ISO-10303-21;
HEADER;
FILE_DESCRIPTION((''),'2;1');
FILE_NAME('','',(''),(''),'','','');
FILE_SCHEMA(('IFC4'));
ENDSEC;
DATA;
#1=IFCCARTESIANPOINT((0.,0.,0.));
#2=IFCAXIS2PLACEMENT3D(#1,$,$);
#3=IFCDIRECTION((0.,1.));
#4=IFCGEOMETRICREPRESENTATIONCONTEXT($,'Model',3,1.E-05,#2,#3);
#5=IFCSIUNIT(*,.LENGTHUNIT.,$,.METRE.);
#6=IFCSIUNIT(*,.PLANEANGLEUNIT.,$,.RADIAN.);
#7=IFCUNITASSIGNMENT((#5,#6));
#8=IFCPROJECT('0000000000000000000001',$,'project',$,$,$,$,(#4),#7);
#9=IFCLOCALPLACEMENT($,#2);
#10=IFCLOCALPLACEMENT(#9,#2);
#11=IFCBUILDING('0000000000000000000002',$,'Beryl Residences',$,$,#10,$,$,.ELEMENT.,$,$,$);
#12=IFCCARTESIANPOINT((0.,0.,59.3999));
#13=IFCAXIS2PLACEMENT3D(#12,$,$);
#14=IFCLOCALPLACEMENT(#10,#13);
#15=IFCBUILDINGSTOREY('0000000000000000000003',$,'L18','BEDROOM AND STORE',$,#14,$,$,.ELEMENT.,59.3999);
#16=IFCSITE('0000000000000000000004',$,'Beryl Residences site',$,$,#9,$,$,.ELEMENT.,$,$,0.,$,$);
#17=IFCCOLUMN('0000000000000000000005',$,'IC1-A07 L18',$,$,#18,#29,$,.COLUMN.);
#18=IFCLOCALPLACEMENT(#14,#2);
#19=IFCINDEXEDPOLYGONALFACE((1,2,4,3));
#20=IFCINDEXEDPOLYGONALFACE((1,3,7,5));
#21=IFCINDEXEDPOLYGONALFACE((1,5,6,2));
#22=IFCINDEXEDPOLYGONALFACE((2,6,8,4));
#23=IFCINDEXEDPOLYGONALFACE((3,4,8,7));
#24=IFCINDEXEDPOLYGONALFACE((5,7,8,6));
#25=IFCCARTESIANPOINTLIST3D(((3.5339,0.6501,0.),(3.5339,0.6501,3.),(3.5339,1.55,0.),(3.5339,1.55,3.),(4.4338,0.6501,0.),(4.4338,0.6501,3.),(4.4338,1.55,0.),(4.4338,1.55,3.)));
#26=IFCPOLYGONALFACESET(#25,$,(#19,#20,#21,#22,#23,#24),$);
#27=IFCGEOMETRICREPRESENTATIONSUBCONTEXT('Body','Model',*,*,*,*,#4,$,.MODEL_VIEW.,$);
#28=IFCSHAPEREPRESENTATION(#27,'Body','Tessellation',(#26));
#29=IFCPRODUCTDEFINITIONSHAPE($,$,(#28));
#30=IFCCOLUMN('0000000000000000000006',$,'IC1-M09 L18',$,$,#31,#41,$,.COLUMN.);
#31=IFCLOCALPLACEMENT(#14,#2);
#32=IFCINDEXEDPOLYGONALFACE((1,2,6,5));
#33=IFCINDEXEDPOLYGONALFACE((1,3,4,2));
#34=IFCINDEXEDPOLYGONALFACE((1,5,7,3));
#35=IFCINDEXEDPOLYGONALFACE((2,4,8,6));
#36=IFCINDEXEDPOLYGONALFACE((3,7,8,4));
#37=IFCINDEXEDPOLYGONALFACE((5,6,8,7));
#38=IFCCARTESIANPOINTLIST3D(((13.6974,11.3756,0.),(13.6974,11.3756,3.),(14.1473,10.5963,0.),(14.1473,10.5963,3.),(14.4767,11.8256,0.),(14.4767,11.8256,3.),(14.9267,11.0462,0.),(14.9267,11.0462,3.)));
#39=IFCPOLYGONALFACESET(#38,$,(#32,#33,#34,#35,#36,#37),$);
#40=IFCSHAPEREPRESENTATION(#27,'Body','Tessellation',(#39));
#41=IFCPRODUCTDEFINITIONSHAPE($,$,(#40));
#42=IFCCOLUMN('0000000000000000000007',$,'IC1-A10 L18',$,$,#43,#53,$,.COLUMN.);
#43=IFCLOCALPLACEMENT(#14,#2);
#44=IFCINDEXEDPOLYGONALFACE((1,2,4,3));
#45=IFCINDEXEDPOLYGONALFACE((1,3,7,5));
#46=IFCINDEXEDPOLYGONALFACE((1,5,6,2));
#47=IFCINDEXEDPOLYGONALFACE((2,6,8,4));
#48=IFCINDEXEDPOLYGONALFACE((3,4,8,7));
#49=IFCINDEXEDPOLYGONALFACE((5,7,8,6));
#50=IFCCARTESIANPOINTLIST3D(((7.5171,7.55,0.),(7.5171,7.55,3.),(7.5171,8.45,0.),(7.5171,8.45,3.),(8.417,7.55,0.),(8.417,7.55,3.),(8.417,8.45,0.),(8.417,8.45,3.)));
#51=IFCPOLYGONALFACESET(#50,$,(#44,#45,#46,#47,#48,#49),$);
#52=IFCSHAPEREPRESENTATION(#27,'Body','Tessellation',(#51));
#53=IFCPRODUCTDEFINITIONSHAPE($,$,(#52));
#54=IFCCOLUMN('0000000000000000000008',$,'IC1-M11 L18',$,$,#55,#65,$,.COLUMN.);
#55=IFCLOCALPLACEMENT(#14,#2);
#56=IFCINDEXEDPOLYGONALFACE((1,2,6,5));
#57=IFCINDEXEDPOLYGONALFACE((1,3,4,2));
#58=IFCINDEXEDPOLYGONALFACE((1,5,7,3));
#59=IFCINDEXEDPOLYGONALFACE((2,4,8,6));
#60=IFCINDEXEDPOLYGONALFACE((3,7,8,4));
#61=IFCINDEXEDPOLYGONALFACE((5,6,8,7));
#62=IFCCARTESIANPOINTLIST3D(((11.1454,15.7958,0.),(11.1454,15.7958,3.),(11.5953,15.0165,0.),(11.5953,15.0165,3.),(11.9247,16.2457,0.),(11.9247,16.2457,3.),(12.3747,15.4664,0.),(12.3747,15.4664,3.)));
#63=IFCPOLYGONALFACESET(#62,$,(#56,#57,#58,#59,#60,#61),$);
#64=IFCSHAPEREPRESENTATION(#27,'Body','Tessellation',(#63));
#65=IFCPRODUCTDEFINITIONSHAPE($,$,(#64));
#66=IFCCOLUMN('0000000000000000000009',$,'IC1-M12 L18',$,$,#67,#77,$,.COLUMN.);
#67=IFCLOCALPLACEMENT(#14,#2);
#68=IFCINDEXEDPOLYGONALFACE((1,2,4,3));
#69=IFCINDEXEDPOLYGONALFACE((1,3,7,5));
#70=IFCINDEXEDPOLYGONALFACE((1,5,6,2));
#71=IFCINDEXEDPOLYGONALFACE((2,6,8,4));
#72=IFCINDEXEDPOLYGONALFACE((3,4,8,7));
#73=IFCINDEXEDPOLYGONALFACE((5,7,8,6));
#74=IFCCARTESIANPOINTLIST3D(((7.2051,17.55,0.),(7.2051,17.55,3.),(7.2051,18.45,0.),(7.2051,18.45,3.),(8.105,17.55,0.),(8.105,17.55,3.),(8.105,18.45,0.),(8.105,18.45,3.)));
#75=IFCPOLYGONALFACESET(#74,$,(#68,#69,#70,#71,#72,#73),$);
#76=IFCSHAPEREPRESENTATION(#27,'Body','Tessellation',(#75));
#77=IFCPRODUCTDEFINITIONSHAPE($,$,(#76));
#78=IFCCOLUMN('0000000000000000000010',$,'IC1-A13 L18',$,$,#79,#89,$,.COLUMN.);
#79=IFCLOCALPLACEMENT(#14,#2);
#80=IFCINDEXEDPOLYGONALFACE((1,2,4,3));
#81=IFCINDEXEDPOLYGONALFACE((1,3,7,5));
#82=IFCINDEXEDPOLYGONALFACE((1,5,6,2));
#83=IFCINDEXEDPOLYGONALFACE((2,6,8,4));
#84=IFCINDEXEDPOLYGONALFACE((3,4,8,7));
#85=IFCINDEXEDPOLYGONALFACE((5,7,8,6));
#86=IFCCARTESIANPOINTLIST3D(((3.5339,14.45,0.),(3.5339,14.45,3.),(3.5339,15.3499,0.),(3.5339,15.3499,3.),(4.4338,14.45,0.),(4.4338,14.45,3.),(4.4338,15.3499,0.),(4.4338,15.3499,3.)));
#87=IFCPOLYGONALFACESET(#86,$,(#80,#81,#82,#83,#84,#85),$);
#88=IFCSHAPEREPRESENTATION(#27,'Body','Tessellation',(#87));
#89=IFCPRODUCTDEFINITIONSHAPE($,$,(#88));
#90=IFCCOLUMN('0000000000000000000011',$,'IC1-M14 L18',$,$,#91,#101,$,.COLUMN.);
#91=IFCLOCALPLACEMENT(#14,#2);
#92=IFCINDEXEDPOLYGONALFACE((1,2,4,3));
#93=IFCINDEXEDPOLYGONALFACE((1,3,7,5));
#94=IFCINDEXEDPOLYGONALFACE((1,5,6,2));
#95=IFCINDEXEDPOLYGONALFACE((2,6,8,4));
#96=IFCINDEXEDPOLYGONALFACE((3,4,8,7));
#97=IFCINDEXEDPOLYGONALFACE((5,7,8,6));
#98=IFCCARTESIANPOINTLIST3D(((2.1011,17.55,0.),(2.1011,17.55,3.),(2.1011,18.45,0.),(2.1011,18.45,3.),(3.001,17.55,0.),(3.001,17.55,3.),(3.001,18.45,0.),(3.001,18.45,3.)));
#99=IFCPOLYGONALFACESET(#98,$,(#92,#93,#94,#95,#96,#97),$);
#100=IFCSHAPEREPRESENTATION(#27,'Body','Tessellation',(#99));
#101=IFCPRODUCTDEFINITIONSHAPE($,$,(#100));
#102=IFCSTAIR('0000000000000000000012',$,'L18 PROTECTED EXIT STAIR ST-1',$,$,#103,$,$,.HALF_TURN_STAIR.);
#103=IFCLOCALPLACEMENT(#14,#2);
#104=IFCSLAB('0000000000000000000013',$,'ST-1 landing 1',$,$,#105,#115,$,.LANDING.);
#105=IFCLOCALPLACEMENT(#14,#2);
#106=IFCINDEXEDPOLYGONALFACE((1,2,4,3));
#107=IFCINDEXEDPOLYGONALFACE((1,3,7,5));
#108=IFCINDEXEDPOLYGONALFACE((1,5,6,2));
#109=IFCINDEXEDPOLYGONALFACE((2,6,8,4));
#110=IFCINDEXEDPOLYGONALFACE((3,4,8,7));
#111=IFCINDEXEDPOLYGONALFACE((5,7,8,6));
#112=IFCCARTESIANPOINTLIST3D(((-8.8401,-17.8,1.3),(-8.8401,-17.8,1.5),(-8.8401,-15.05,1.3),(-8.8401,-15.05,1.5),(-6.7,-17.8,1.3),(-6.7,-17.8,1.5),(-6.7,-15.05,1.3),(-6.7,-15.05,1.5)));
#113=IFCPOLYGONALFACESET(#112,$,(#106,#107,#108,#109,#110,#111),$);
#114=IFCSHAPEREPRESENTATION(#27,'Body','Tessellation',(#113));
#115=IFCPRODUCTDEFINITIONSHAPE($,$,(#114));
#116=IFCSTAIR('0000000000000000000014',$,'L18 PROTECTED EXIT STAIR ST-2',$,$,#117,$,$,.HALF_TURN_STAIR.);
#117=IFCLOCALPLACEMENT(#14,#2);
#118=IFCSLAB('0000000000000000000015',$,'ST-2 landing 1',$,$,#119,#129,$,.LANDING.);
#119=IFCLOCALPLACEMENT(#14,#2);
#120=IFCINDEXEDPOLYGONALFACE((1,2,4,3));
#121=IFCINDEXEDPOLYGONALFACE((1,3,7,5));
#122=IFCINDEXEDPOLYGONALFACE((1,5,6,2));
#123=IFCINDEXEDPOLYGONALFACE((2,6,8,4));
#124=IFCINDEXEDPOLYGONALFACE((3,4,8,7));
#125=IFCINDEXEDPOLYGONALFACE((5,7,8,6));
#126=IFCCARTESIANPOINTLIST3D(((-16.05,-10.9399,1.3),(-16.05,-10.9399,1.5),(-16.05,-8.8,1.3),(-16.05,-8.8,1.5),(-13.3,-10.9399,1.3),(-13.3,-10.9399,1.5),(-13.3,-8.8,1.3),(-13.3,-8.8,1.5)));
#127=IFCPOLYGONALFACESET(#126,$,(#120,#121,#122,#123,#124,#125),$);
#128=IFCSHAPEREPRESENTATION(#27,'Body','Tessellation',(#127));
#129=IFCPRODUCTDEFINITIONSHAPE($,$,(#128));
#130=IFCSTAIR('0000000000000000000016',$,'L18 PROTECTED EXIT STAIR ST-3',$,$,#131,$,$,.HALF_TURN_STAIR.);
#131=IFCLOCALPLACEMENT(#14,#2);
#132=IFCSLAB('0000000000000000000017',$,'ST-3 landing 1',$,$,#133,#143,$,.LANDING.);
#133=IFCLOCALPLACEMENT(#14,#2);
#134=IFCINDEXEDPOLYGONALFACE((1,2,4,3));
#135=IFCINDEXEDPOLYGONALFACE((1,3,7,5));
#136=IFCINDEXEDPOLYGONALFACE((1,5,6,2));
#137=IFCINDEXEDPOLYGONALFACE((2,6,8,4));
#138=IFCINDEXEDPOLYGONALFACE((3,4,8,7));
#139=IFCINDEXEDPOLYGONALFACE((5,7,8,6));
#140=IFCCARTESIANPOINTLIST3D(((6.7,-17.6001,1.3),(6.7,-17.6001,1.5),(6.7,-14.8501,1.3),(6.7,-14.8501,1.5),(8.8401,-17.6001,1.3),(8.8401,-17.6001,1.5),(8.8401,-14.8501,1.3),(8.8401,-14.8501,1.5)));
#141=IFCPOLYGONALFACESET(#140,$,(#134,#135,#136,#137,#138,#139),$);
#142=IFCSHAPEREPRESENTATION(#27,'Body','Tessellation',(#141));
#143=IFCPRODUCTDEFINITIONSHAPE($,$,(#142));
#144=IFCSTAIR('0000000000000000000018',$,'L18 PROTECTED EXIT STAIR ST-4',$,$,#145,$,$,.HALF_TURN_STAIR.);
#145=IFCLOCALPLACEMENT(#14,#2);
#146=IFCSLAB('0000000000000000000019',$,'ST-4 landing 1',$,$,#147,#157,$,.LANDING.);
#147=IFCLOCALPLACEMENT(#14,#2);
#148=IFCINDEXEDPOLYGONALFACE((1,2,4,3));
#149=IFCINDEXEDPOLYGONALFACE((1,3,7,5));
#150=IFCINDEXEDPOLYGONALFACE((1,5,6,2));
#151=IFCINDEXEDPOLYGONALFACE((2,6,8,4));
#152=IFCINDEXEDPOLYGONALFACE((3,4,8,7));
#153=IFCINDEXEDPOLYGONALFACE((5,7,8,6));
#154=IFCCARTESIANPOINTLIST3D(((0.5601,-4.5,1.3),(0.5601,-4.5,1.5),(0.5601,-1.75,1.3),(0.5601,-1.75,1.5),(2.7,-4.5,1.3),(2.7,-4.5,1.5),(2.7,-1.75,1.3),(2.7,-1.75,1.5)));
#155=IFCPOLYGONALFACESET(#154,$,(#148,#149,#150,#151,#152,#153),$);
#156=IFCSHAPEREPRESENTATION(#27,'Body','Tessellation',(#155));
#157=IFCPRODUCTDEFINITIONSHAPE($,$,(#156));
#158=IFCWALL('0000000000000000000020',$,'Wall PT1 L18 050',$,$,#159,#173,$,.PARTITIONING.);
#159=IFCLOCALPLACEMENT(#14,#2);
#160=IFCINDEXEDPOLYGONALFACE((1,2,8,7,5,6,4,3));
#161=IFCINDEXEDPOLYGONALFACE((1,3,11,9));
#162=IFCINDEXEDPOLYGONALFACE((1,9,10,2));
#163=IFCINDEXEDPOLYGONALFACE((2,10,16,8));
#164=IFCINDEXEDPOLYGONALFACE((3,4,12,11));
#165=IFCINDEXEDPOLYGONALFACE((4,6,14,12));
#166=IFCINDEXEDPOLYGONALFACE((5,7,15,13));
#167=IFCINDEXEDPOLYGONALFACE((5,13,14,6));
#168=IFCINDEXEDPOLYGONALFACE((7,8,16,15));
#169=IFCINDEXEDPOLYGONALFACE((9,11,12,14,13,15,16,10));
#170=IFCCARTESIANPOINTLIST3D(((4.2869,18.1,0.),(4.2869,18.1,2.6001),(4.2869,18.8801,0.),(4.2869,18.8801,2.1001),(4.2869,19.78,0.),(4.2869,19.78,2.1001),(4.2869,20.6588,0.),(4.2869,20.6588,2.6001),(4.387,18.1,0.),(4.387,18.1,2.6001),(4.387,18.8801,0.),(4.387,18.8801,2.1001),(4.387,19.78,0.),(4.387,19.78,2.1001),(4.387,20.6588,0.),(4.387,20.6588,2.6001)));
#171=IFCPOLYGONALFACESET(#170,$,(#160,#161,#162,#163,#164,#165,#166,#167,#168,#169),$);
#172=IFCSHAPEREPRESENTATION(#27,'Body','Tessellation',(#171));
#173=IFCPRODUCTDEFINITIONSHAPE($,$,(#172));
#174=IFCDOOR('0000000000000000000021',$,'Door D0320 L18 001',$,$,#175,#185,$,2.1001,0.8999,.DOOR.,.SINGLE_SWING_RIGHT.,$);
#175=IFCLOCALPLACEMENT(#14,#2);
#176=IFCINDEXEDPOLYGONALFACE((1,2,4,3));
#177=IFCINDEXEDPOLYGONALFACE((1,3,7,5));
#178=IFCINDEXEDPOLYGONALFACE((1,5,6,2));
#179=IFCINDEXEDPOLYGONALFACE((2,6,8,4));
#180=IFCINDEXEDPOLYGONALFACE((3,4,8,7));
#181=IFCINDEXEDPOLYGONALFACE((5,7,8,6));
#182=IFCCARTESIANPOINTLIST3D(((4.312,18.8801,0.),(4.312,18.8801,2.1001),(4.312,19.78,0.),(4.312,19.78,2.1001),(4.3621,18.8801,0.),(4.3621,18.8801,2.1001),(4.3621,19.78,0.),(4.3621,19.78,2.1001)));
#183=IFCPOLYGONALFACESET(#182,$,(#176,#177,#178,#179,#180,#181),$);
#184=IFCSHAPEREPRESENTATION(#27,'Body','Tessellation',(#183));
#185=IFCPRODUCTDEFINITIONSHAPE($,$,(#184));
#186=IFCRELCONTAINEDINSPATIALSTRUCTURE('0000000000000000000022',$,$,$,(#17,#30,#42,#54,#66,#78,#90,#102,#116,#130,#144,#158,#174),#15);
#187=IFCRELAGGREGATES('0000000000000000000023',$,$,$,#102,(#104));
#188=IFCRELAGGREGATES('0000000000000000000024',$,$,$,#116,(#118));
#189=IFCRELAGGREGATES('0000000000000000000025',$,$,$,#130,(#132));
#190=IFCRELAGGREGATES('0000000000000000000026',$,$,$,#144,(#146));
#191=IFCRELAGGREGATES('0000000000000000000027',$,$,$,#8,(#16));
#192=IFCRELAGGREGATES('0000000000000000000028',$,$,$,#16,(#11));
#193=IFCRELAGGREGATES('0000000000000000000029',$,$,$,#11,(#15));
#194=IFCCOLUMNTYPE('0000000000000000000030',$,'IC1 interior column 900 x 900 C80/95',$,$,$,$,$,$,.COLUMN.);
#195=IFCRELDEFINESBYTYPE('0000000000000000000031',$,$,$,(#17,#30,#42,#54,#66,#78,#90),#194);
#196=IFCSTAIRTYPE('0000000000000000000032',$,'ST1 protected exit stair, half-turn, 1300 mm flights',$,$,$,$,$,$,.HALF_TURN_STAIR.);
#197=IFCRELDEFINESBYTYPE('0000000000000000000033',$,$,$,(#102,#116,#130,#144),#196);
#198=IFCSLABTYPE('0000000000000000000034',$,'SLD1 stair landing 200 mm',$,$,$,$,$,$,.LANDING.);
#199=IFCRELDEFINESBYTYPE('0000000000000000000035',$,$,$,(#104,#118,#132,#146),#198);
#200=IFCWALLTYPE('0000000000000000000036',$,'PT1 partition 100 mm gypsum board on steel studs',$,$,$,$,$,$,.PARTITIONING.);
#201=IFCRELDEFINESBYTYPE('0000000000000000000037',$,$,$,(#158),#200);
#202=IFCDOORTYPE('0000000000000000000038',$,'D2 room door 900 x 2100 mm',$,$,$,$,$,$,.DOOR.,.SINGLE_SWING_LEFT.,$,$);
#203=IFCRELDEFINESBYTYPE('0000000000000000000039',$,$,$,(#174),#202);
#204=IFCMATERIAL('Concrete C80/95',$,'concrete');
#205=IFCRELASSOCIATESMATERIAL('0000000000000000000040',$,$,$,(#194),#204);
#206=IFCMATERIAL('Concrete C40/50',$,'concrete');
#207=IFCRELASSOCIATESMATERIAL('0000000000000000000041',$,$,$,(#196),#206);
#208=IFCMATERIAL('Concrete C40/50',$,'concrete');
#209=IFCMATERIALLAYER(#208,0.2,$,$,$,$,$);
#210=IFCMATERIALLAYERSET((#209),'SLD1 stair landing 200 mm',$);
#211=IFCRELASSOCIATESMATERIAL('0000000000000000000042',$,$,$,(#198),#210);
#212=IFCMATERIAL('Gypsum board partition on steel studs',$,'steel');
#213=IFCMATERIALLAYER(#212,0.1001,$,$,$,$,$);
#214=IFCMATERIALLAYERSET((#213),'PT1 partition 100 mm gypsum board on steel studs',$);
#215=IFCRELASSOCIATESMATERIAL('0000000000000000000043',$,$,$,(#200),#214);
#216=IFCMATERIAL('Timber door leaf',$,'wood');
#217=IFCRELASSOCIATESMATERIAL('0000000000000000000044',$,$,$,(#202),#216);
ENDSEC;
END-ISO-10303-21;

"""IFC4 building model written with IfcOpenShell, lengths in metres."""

from ifc_helpers import new_model, si_unit, direction, frame, frame_2d, origin, origin_2d, place, context, subcontext, project, spatial, polyline, rectangle, outline, extrude, material, layer, layer_set, material_profile, profile_set, type_object, element, fill, aggregate, save


model = new_model("IFC4")

# Units and contexts
model_context = context("Model", 3, precision=1e-05, world=origin(), true_north=direction((0.0, 1.0)))
body_context = subcontext(model_context, "Body", "Model", "MODEL_VIEW")
ifc_project = project(units=[si_unit("LENGTHUNIT", "METRE"), si_unit("PLANEANGLEUNIT", "RADIAN")], contexts=[model_context])

# Site, building, storey
site_placement = place(None, origin())
site = spatial("IfcSite", under=ifc_project, at=site_placement, Name="Beryl Residences site", CompositionType="ELEMENT", RefElevation=0.0)
building_placement = place(site_placement, origin())
building = spatial("IfcBuilding", under=site, at=building_placement, Name="Beryl Residences", CompositionType="ELEMENT")
storey_placement = place(building_placement, frame((0.0, 0.0, 59.3999)))
storey = spatial("IfcBuildingStorey", under=building, at=storey_placement, Name="L18", Description="BEDROOM AND STORE", CompositionType="ELEMENT", Elevation=59.3999)

# Columns
ifc_material_1 = material(Name="Concrete C80/95", Category="concrete")
ifc_material_profile = material_profile(ifc_material_1, rectangle(XDim=0.8999, YDim=0.8999, at=origin_2d()))
ifc_profile_set = profile_set([ifc_material_profile], Name="Concrete C80/95")
column_type = type_object("IfcColumnType", Name="IC1 interior column 900 x 900 C80/95", PredefinedType="COLUMN", material=ifc_profile_set)
for number, where, z_axis, x_axis, name in (
    (1, (3.9839, 1.1001, 0.0), (0.0, 0.0, 1.0), (1.0, 0.0, 0.0), "IC1-A07 L18"),
    (2, (14.312, 11.2109, 0.0), (0.0, 0.0, 1.0), (-0.499985, 0.866034, 0.0), "IC1-M09 L18"),
    (3, (7.967, 8.0, 0.0), (0.0, 0.0, 1.0), (1.0, 0.0, 0.0), "IC1-A10 L18"),
    (4, (11.76, 15.6311, 0.0), (0.0, 0.0, 1.0), (-0.499985, 0.866034, 0.0), "IC1-M11 L18"),
    (5, (7.655, 18.0, 0.0), (0.0, 0.0, 1.0), (-1.0, 0.0, 0.0), "IC1-M12 L18"),
    (6, (3.9839, 14.8999, 0.0), (0.0, 0.0, 1.0), (1.0, 0.0, 0.0), "IC1-A13 L18"),
    (7, (2.551, 18.0, 0.0), (0.0, 0.0, 1.0), (-1.0, 0.0, 0.0), "IC1-M14 L18"),
):
    element("IfcColumn", number, at=place(storey_placement, frame(where, z_axis=z_axis, x_axis=x_axis)), inside=storey, type_object=column_type, Name=name, PredefinedType="COLUMN", context=body_context, shape_type="SweptSolid", body=[
        extrude(rectangle(XDim=0.8999, YDim=0.8999, at=origin_2d()), origin(), (0.0, 0.0, 1.0), 3.0),
    ])

# Stairs, slabs
ifc_material_2 = material(Name="Concrete C40/50", Category="concrete")
stair_type = type_object("IfcStairType", Name="ST1 protected exit stair, half-turn, 1300 mm flights", PredefinedType="HALF_TURN_STAIR", material=ifc_material_2)
stair_1_placement = place(storey_placement, origin())
stair_1 = element("IfcStair", 8, at=stair_1_placement, inside=storey, type_object=stair_type, Name="L18 PROTECTED EXIT STAIR ST-1", PredefinedType="HALF_TURN_STAIR")
ifc_material_3 = material(Name="Concrete C40/50", Category="concrete")
ifc_layer_1 = layer(ifc_material_3, 0.2)
ifc_layer_set_1 = layer_set([ifc_layer_1], Name="SLD1 stair landing 200 mm")
slab_type_1 = type_object("IfcSlabType", Name="SLD1 stair landing 200 mm", PredefinedType="LANDING", material=ifc_layer_set_1)
slab_1_placement = place(storey_placement, frame((0.0, 0.0, 1.3)))
slab_1 = element("IfcSlab", 9, at=slab_1_placement, type_object=slab_type_1, Name="ST-1 landing 1", PredefinedType="LANDING", context=body_context, shape_type="SweptSolid", body=[
    extrude(outline(polyline([(-8.8401, -17.8), (-6.7, -17.8), (-6.7, -15.05), (-8.8401, -15.05), (-8.8401, -17.8)])), origin(), (0.0, 0.0, 1.0), 0.2),
])
aggregate(stair_1, [slab_1])
stair_2_placement = place(storey_placement, origin())
stair_2 = element("IfcStair", 10, at=stair_2_placement, inside=storey, type_object=stair_type, Name="L18 PROTECTED EXIT STAIR ST-2", PredefinedType="HALF_TURN_STAIR")
slab_2_placement = place(storey_placement, frame((0.0, 0.0, 1.3)))
slab_2 = element("IfcSlab", 11, at=slab_2_placement, type_object=slab_type_1, Name="ST-2 landing 1", PredefinedType="LANDING", context=body_context, shape_type="SweptSolid", body=[
    extrude(outline(polyline([(-13.3, -10.9399), (-13.3, -8.8), (-16.05, -8.8), (-16.05, -10.9399), (-13.3, -10.9399)])), origin(), (0.0, 0.0, 1.0), 0.2),
])
aggregate(stair_2, [slab_2])
stair_3_placement = place(storey_placement, origin())
stair_3 = element("IfcStair", 12, at=stair_3_placement, inside=storey, type_object=stair_type, Name="L18 PROTECTED EXIT STAIR ST-3", PredefinedType="HALF_TURN_STAIR")
slab_3_placement = place(storey_placement, frame((0.0, 0.0, 1.3)))
slab_3 = element("IfcSlab", 13, at=slab_3_placement, type_object=slab_type_1, Name="ST-3 landing 1", PredefinedType="LANDING", context=body_context, shape_type="SweptSolid", body=[
    extrude(outline(polyline([(8.8401, -14.8501), (6.7, -14.8501), (6.7, -17.6001), (8.8401, -17.6001), (8.8401, -14.8501)])), origin(), (0.0, 0.0, 1.0), 0.2),
])
aggregate(stair_3, [slab_3])
stair_4_placement = place(storey_placement, origin())
stair_4 = element("IfcStair", 14, at=stair_4_placement, inside=storey, type_object=stair_type, Name="L18 PROTECTED EXIT STAIR ST-4", PredefinedType="HALF_TURN_STAIR")
slab_4_placement = place(storey_placement, frame((0.0, 0.0, 1.3)))
slab_4 = element("IfcSlab", 15, at=slab_4_placement, type_object=slab_type_1, Name="ST-4 landing 1", PredefinedType="LANDING", context=body_context, shape_type="SweptSolid", body=[
    extrude(outline(polyline([(0.5601, -4.5), (2.7, -4.5), (2.7, -1.75), (0.5601, -1.75), (0.5601, -4.5)])), origin(), (0.0, 0.0, 1.0), 0.2),
])
aggregate(stair_4, [slab_4])

# Wall, opening, door
ifc_material_4 = material(Name="Gypsum board partition on steel studs", Category="steel")
ifc_layer_2 = layer(ifc_material_4, 0.1001)
ifc_layer_set_2 = layer_set([ifc_layer_2], Name="PT1 partition 100 mm gypsum board on steel studs")
wall_type_1 = type_object("IfcWallType", Name="PT1 partition 100 mm gypsum board on steel studs", PredefinedType="PARTITIONING", material=ifc_layer_set_2)
wall_1_placement = place(storey_placement, frame((4.3369, 18.1001, 0.0), z_axis=(0.0, 0.0, 1.0), x_axis=(0.0, 1.0, 0.0)))
wall_1 = element("IfcWall", 16, at=wall_1_placement, inside=storey, type_object=wall_type_1, Name="Wall PT1 L18 050", PredefinedType="PARTITIONING", context=body_context, shape_type="SweptSolid", body=[
    extrude(rectangle(XDim=2.5588, YDim=0.1001, at=frame_2d((1.2793, 0.0))), origin(), (0.0, 0.0, 1.0), 2.6001),
])
opening_1_placement = place(wall_1_placement, frame((0.78, 0.0, 0.0)))
opening_1 = element("IfcOpeningElement", 17, at=opening_1_placement, cuts=wall_1, PredefinedType="OPENING", context=body_context, shape_type="SweptSolid", body=[
    extrude(rectangle(XDim=0.8999, YDim=2.1001, at=frame_2d((0.45, 1.05))), frame((0.0, 0.0601, 0.0), z_axis=(0.0, -1.0, 0.0), x_axis=(1.0, 0.0, 0.0)), (0.0, 0.0, 1.0), 0.1201),
])
ifc_material_5 = material(Name="Timber door leaf", Category="wood")
door_type_1 = type_object("IfcDoorType", Name="D2 room door 900 x 2100 mm", OperationType="SINGLE_SWING_LEFT", PredefinedType="DOOR", material=ifc_material_5)
door_1_placement = place(opening_1_placement, origin())
door_1 = element("IfcDoor", 18, at=door_1_placement, inside=storey, type_object=door_type_1, Name="Door D0320 L18 001", OperationType="SINGLE_SWING_RIGHT", OverallHeight=2.1001, OverallWidth=0.8999, PredefinedType="DOOR", context=body_context, shape_type="SweptSolid", body=[
    extrude(rectangle(XDim=0.8999, YDim=2.1001, at=frame_2d((0.45, 1.05))), frame((0.0, 0.0249, 0.0), z_axis=(0.0, -1.0, 0.0), x_axis=(1.0, 0.0, 0.0)), (0.0, 0.0, 1.0), 0.05),
])
fill(opening_1, door_1)

save(model, "model.ifc")
